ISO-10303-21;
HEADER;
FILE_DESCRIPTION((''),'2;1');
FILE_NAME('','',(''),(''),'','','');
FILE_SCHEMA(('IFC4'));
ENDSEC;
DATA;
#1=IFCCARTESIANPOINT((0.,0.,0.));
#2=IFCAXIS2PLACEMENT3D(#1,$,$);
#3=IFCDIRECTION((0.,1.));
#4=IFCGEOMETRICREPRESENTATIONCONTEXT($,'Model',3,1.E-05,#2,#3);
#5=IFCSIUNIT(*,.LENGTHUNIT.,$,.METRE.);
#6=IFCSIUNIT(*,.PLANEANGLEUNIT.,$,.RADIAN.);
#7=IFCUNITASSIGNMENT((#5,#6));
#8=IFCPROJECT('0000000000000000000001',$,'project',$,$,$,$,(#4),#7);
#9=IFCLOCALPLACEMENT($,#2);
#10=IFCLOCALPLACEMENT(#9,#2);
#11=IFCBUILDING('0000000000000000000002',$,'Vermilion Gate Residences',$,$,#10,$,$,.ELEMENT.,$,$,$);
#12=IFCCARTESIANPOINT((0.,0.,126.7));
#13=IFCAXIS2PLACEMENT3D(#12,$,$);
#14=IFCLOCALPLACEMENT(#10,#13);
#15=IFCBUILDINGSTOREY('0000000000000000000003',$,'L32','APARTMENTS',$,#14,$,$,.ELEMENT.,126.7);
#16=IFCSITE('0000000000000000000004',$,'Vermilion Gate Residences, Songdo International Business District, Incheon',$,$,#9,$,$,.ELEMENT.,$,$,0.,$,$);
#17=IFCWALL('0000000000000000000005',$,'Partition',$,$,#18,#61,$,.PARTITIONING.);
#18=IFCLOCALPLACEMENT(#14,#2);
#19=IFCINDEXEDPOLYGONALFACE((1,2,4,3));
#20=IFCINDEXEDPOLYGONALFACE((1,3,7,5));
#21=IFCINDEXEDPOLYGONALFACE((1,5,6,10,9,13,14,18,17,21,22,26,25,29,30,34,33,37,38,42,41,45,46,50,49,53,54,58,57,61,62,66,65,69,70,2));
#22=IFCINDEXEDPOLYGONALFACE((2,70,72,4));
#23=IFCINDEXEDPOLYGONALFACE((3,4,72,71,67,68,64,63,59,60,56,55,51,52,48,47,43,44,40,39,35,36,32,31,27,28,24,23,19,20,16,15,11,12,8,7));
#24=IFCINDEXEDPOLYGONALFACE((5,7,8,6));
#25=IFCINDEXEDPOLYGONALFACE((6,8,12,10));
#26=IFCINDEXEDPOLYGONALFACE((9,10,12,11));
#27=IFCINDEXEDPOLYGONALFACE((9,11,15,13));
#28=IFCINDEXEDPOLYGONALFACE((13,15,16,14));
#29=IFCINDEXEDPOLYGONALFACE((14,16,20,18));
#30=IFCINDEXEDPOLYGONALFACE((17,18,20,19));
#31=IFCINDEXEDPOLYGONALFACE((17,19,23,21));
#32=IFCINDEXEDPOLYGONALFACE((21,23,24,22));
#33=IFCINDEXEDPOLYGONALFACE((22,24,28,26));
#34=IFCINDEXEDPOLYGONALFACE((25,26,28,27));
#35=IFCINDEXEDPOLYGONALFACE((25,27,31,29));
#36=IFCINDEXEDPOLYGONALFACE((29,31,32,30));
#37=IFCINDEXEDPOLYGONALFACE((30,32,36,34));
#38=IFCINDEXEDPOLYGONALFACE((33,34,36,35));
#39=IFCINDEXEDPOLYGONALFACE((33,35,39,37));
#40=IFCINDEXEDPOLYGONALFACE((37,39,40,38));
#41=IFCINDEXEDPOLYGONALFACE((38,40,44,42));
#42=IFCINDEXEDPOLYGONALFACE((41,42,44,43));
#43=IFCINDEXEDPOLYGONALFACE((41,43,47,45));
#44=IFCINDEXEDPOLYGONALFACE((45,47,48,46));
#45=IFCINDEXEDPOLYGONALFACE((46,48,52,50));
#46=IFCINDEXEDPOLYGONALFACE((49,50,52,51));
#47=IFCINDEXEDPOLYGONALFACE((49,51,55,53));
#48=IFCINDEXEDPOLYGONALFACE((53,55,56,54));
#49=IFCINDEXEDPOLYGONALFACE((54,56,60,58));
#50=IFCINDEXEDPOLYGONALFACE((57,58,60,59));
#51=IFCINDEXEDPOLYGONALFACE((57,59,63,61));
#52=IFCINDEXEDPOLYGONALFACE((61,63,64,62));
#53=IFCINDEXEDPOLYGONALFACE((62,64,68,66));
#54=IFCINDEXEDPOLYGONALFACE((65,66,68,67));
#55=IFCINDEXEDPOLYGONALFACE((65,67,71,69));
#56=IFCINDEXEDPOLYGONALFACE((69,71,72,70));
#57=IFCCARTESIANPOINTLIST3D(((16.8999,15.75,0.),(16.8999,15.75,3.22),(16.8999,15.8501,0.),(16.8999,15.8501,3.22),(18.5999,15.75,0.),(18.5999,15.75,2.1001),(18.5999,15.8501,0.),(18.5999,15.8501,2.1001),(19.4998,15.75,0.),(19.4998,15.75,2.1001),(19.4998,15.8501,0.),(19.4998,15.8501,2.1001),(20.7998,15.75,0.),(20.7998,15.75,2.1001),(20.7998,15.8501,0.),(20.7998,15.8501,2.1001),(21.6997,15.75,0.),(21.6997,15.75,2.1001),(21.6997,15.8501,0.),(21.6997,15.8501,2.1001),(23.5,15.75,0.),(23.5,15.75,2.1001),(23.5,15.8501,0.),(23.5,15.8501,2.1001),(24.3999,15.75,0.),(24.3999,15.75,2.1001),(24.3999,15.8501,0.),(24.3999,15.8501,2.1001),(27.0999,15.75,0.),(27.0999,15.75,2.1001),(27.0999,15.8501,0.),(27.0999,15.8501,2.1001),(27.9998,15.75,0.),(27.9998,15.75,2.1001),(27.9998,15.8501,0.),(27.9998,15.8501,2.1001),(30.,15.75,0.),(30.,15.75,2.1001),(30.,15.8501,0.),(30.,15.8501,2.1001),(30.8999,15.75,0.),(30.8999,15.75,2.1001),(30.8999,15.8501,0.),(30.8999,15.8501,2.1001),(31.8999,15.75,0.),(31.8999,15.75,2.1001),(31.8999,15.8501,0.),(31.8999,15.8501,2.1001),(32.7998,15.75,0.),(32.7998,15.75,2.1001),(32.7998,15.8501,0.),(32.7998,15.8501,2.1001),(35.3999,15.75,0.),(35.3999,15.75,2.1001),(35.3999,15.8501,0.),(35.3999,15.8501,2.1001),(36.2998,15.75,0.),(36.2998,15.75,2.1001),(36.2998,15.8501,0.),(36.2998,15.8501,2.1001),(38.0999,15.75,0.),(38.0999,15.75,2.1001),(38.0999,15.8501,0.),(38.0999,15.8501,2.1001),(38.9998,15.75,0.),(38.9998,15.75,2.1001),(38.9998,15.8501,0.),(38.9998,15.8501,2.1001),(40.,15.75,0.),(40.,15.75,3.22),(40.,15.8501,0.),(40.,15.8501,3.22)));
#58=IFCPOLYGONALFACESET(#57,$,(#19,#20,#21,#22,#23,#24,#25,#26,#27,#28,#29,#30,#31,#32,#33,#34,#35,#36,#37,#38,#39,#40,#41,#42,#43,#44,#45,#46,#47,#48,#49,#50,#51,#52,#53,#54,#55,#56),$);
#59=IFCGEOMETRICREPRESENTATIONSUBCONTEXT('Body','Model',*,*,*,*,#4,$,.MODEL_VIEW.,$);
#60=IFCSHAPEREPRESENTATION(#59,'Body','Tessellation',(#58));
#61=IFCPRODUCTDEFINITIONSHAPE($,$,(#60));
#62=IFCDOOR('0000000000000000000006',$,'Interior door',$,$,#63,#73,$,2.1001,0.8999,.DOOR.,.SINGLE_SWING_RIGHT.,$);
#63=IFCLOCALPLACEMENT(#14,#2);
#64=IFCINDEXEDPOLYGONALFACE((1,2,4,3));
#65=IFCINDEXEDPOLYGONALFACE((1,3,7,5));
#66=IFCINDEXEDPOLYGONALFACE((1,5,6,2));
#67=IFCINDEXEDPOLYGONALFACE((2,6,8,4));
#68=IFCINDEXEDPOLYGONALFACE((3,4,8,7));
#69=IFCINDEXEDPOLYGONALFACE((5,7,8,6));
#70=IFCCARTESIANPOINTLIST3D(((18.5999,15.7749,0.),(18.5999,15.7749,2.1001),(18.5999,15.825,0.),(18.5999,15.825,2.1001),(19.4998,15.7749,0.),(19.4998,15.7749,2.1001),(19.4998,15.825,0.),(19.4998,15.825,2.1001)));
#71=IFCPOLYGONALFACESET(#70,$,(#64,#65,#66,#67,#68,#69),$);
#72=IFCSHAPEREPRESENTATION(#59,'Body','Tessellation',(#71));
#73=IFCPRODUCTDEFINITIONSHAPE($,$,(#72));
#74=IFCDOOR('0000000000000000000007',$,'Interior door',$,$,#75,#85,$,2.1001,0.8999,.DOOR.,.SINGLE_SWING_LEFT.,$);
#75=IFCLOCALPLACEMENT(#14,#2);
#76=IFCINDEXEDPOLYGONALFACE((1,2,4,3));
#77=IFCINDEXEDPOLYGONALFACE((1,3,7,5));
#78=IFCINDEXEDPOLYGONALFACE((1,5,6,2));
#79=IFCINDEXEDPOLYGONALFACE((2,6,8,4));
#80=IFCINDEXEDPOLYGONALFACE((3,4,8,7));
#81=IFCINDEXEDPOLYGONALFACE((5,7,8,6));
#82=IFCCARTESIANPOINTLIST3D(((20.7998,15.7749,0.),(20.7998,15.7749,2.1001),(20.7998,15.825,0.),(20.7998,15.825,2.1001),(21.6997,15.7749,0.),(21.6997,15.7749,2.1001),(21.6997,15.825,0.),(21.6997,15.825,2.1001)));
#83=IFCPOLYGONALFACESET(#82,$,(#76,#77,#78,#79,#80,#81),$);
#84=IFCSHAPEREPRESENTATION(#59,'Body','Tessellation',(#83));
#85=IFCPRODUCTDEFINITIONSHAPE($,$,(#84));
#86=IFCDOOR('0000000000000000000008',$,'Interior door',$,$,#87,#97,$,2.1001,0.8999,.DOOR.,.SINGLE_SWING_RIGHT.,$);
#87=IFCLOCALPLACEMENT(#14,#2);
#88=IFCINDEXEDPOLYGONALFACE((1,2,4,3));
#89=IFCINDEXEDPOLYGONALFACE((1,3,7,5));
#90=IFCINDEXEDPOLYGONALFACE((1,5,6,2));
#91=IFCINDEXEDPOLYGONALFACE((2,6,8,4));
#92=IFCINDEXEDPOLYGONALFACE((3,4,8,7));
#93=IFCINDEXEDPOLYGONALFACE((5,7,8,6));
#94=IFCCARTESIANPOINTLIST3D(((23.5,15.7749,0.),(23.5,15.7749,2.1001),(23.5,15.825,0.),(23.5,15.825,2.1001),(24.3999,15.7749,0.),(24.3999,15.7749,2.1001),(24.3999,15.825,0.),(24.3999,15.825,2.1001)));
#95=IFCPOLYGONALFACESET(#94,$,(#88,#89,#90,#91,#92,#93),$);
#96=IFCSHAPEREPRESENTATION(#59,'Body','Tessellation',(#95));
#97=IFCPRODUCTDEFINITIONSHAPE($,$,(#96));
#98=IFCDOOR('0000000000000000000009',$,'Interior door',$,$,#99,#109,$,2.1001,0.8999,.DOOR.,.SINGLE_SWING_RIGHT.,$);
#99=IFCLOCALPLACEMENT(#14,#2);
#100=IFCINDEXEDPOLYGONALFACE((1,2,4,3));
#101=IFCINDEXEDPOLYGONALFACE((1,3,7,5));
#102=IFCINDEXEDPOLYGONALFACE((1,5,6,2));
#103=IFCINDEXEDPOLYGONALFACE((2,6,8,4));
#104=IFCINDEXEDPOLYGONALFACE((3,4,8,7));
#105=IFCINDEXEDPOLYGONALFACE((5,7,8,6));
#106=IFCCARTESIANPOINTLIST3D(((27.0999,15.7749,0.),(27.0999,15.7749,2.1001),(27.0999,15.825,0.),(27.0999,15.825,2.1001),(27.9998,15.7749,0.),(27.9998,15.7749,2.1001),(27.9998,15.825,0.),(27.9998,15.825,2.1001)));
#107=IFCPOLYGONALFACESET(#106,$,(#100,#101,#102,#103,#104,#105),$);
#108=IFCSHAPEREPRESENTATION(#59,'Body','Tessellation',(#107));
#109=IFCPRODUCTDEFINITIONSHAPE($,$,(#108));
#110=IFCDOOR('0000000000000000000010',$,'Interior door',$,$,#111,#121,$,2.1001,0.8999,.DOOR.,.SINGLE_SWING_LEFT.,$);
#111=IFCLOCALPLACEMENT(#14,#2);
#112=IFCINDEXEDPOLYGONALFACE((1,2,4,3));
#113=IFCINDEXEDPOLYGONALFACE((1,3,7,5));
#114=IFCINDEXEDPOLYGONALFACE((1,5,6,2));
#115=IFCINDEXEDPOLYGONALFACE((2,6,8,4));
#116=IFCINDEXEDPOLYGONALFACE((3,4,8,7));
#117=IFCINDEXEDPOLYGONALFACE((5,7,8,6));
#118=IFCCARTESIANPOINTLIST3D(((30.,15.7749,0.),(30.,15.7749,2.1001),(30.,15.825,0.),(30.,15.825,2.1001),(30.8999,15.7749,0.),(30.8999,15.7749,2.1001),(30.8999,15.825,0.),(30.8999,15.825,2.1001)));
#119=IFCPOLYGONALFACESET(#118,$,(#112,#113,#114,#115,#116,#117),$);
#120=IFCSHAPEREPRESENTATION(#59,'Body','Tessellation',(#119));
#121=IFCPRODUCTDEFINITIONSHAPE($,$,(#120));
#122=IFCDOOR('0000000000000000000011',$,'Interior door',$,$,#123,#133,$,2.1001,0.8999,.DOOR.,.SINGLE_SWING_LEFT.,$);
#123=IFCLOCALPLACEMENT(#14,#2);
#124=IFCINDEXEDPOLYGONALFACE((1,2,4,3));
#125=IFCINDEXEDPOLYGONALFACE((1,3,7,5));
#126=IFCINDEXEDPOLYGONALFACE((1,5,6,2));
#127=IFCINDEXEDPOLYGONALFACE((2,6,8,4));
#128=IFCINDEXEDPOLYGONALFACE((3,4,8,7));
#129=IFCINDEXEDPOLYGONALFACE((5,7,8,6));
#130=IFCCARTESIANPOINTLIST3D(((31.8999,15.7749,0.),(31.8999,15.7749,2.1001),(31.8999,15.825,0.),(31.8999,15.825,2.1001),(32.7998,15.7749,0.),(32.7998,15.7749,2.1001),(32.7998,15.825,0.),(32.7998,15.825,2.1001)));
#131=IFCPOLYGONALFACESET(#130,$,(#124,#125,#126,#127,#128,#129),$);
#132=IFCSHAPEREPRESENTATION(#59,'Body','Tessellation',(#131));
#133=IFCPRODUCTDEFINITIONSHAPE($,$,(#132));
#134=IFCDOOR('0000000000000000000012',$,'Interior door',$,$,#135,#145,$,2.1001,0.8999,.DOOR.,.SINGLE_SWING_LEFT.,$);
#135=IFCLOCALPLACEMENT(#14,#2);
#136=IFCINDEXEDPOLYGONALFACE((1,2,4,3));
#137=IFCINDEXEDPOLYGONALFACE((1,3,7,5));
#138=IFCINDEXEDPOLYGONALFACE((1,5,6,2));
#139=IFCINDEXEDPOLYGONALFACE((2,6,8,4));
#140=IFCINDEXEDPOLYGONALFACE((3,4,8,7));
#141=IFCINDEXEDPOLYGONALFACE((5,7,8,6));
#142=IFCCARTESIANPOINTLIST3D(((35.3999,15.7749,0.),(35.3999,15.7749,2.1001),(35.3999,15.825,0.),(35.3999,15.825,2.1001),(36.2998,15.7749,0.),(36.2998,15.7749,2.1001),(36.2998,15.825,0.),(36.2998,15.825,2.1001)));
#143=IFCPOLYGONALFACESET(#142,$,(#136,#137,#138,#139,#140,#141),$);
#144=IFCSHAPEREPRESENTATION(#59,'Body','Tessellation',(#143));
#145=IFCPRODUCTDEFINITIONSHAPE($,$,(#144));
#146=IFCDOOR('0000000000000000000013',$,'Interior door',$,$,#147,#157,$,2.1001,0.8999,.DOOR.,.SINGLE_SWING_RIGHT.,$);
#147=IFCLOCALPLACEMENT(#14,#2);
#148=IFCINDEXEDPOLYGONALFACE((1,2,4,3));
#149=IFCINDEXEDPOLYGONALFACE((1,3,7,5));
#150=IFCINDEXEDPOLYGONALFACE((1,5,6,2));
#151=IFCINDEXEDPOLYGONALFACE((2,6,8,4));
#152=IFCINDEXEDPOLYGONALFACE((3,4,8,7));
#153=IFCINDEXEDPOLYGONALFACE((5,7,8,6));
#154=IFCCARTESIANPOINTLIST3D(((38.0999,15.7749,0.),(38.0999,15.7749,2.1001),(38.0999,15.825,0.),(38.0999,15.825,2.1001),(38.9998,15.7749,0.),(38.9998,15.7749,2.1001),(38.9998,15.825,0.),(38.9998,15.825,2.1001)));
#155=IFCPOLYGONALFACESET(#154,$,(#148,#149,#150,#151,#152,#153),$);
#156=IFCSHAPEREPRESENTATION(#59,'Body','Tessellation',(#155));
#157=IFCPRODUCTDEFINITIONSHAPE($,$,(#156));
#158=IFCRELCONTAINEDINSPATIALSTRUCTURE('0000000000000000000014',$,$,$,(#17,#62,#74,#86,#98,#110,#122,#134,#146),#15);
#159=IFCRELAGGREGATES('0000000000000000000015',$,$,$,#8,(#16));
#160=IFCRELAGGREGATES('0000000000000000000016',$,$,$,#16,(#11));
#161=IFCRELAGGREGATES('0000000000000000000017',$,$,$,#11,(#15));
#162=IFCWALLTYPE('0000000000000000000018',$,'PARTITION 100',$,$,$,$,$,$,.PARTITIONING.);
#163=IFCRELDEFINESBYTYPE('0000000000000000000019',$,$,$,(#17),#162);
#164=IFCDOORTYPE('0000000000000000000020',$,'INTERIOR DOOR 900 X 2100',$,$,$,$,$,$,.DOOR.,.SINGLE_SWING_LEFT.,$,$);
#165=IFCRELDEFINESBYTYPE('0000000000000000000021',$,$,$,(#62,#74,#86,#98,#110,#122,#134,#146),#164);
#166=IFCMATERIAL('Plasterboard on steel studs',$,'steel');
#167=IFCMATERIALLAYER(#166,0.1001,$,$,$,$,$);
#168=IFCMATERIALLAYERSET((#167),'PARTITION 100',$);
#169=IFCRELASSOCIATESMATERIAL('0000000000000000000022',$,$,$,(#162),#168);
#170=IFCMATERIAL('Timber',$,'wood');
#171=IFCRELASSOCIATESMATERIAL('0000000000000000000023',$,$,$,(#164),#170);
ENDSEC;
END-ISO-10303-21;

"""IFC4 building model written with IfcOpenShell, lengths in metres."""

from ifc_helpers import new_model, si_unit, direction, frame, frame_2d, origin, place, context, subcontext, project, spatial, rectangle, extrude, material, layer, layer_set, type_object, element, fill, save


model = new_model("IFC4")

# Units and contexts
model_context = context("Model", 3, precision=1e-05, world=origin(), true_north=direction((0.0, 1.0)))
body_context = subcontext(model_context, "Body", "Model", "MODEL_VIEW")
ifc_project = project(units=[si_unit("LENGTHUNIT", "METRE"), si_unit("PLANEANGLEUNIT", "RADIAN")], contexts=[model_context])

# Site, building, storey
site_placement = place(None, origin())
site = spatial("IfcSite", under=ifc_project, at=site_placement, Name="Vermilion Gate Residences, Songdo International Business District, Incheon", CompositionType="ELEMENT", RefElevation=0.0)
building_placement = place(site_placement, origin())
building = spatial("IfcBuilding", under=site, at=building_placement, Name="Vermilion Gate Residences", CompositionType="ELEMENT")
storey_placement = place(building_placement, frame((0.0, 0.0, 126.7)))
storey = spatial("IfcBuildingStorey", under=building, at=storey_placement, Name="L32", Description="APARTMENTS", CompositionType="ELEMENT", Elevation=126.7)

# Wall, openings, doors
ifc_material_1 = material(Name="Plasterboard on steel studs", Category="steel")
ifc_layer_1 = layer(ifc_material_1, 0.1001)
ifc_layer_set_1 = layer_set([ifc_layer_1], Name="PARTITION 100")
wall_type_1 = type_object("IfcWallType", Name="PARTITION 100", PredefinedType="PARTITIONING", material=ifc_layer_set_1)
wall_1_placement = place(storey_placement, frame((16.8999, 15.8, 0.0), z_axis=(0.0, 0.0, 1.0), x_axis=(1.0, 0.0, 0.0)))
wall_1 = element("IfcWall", 1, at=wall_1_placement, inside=storey, type_object=wall_type_1, Name="Partition", PredefinedType="PARTITIONING", context=body_context, shape_type="SweptSolid", body=[
    extrude(rectangle(XDim=23.1001, YDim=0.1001, at=frame_2d((11.55, 0.0))), origin(), (0.0, 0.0, 1.0), 3.22),
])
opening_1_placement = place(wall_1_placement, frame((1.7, 0.0, 0.0)))
opening_1 = element("IfcOpeningElement", 2, at=opening_1_placement, cuts=wall_1, PredefinedType="OPENING", context=body_context, shape_type="SweptSolid", body=[
    extrude(rectangle(XDim=0.8999, YDim=2.1001, at=frame_2d((0.45, 1.05))), frame((0.0, 0.0601, 0.0), z_axis=(0.0, -1.0, 0.0), x_axis=(1.0, 0.0, 0.0)), (0.0, 0.0, 1.0), 0.1201),
])
opening_2_placement = place(wall_1_placement, frame((3.8999, 0.0, 0.0)))
opening_2 = element("IfcOpeningElement", 3, at=opening_2_placement, cuts=wall_1, PredefinedType="OPENING", context=body_context, shape_type="SweptSolid", body=[
    extrude(rectangle(XDim=0.8999, YDim=2.1001, at=frame_2d((0.45, 1.05))), frame((0.0, 0.0601, 0.0), z_axis=(0.0, -1.0, 0.0), x_axis=(1.0, 0.0, 0.0)), (0.0, 0.0, 1.0), 0.1201),
])
opening_3_placement = place(wall_1_placement, frame((6.6001, 0.0, 0.0)))
opening_3 = element("IfcOpeningElement", 4, at=opening_3_placement, cuts=wall_1, PredefinedType="OPENING", context=body_context, shape_type="SweptSolid", body=[
    extrude(rectangle(XDim=0.8999, YDim=2.1001, at=frame_2d((0.45, 1.05))), frame((0.0, 0.0601, 0.0), z_axis=(0.0, -1.0, 0.0), x_axis=(1.0, 0.0, 0.0)), (0.0, 0.0, 1.0), 0.1201),
])
opening_4_placement = place(wall_1_placement, frame((10.2, 0.0, 0.0)))
opening_4 = element("IfcOpeningElement", 5, at=opening_4_placement, cuts=wall_1, PredefinedType="OPENING", context=body_context, shape_type="SweptSolid", body=[
    extrude(rectangle(XDim=0.8999, YDim=2.1001, at=frame_2d((0.45, 1.05))), frame((0.0, 0.0601, 0.0), z_axis=(0.0, -1.0, 0.0), x_axis=(1.0, 0.0, 0.0)), (0.0, 0.0, 1.0), 0.1201),
])
opening_5_placement = place(wall_1_placement, frame((13.1001, 0.0, 0.0)))
opening_5 = element("IfcOpeningElement", 6, at=opening_5_placement, cuts=wall_1, PredefinedType="OPENING", context=body_context, shape_type="SweptSolid", body=[
    extrude(rectangle(XDim=0.8999, YDim=2.1001, at=frame_2d((0.45, 1.05))), frame((0.0, 0.0601, 0.0), z_axis=(0.0, -1.0, 0.0), x_axis=(1.0, 0.0, 0.0)), (0.0, 0.0, 1.0), 0.1201),
])
opening_6_placement = place(wall_1_placement, frame((15.0, 0.0, 0.0)))
opening_6 = element("IfcOpeningElement", 7, at=opening_6_placement, cuts=wall_1, PredefinedType="OPENING", context=body_context, shape_type="SweptSolid", body=[
    extrude(rectangle(XDim=0.8999, YDim=2.1001, at=frame_2d((0.45, 1.05))), frame((0.0, 0.0601, 0.0), z_axis=(0.0, -1.0, 0.0), x_axis=(1.0, 0.0, 0.0)), (0.0, 0.0, 1.0), 0.1201),
])
opening_7_placement = place(wall_1_placement, frame((18.5, 0.0, 0.0)))
opening_7 = element("IfcOpeningElement", 8, at=opening_7_placement, cuts=wall_1, PredefinedType="OPENING", context=body_context, shape_type="SweptSolid", body=[
    extrude(rectangle(XDim=0.8999, YDim=2.1001, at=frame_2d((0.45, 1.05))), frame((0.0, 0.0601, 0.0), z_axis=(0.0, -1.0, 0.0), x_axis=(1.0, 0.0, 0.0)), (0.0, 0.0, 1.0), 0.1201),
])
opening_8_placement = place(wall_1_placement, frame((21.2, 0.0, 0.0)))
opening_8 = element("IfcOpeningElement", 9, at=opening_8_placement, cuts=wall_1, PredefinedType="OPENING", context=body_context, shape_type="SweptSolid", body=[
    extrude(rectangle(XDim=0.8999, YDim=2.1001, at=frame_2d((0.45, 1.05))), frame((0.0, 0.0601, 0.0), z_axis=(0.0, -1.0, 0.0), x_axis=(1.0, 0.0, 0.0)), (0.0, 0.0, 1.0), 0.1201),
])
ifc_material_2 = material(Name="Timber", Category="wood")
door_type = type_object("IfcDoorType", Name="INTERIOR DOOR 900 X 2100", OperationType="SINGLE_SWING_LEFT", PredefinedType="DOOR", material=ifc_material_2)
door_1_placement = place(opening_1_placement, origin())
door_1 = element("IfcDoor", 10, at=door_1_placement, inside=storey, type_object=door_type, Name="Interior door", OperationType="SINGLE_SWING_RIGHT", OverallHeight=2.1001, OverallWidth=0.8999, PredefinedType="DOOR", context=body_context, shape_type="SweptSolid", body=[
    extrude(rectangle(XDim=0.8999, YDim=2.1001, at=frame_2d((0.45, 1.05))), frame((0.0, 0.0249, 0.0), z_axis=(0.0, -1.0, 0.0), x_axis=(1.0, 0.0, 0.0)), (0.0, 0.0, 1.0), 0.05),
])
fill(opening_1, door_1)
door_2_placement = place(opening_2_placement, origin())
door_2 = element("IfcDoor", 11, at=door_2_placement, inside=storey, type_object=door_type, Name="Interior door", OperationType="SINGLE_SWING_LEFT", OverallHeight=2.1001, OverallWidth=0.8999, PredefinedType="DOOR", context=body_context, shape_type="SweptSolid", body=[
    extrude(rectangle(XDim=0.8999, YDim=2.1001, at=frame_2d((0.45, 1.05))), frame((0.0, 0.0249, 0.0), z_axis=(0.0, -1.0, 0.0), x_axis=(1.0, 0.0, 0.0)), (0.0, 0.0, 1.0), 0.05),
])
fill(opening_2, door_2)
door_3_placement = place(opening_3_placement, origin())
door_3 = element("IfcDoor", 12, at=door_3_placement, inside=storey, type_object=door_type, Name="Interior door", OperationType="SINGLE_SWING_RIGHT", OverallHeight=2.1001, OverallWidth=0.8999, PredefinedType="DOOR", context=body_context, shape_type="SweptSolid", body=[
    extrude(rectangle(XDim=0.8999, YDim=2.1001, at=frame_2d((0.45, 1.05))), frame((0.0, 0.0249, 0.0), z_axis=(0.0, -1.0, 0.0), x_axis=(1.0, 0.0, 0.0)), (0.0, 0.0, 1.0), 0.05),
])
fill(opening_3, door_3)
door_4_placement = place(opening_4_placement, origin())
door_4 = element("IfcDoor", 13, at=door_4_placement, inside=storey, type_object=door_type, Name="Interior door", OperationType="SINGLE_SWING_RIGHT", OverallHeight=2.1001, OverallWidth=0.8999, PredefinedType="DOOR", context=body_context, shape_type="SweptSolid", body=[
    extrude(rectangle(XDim=0.8999, YDim=2.1001, at=frame_2d((0.45, 1.05))), frame((0.0, 0.0249, 0.0), z_axis=(0.0, -1.0, 0.0), x_axis=(1.0, 0.0, 0.0)), (0.0, 0.0, 1.0), 0.05),
])
fill(opening_4, door_4)
door_5_placement = place(opening_5_placement, origin())
door_5 = element("IfcDoor", 14, at=door_5_placement, inside=storey, type_object=door_type, Name="Interior door", OperationType="SINGLE_SWING_LEFT", OverallHeight=2.1001, OverallWidth=0.8999, PredefinedType="DOOR", context=body_context, shape_type="SweptSolid", body=[
    extrude(rectangle(XDim=0.8999, YDim=2.1001, at=frame_2d((0.45, 1.05))), frame((0.0, 0.0249, 0.0), z_axis=(0.0, -1.0, 0.0), x_axis=(1.0, 0.0, 0.0)), (0.0, 0.0, 1.0), 0.05),
])
fill(opening_5, door_5)
door_6_placement = place(opening_6_placement, origin())
door_6 = element("IfcDoor", 15, at=door_6_placement, inside=storey, type_object=door_type, Name="Interior door", OperationType="SINGLE_SWING_LEFT", OverallHeight=2.1001, OverallWidth=0.8999, PredefinedType="DOOR", context=body_context, shape_type="SweptSolid", body=[
    extrude(rectangle(XDim=0.8999, YDim=2.1001, at=frame_2d((0.45, 1.05))), frame((0.0, 0.0249, 0.0), z_axis=(0.0, -1.0, 0.0), x_axis=(1.0, 0.0, 0.0)), (0.0, 0.0, 1.0), 0.05),
])
fill(opening_6, door_6)
door_7_placement = place(opening_7_placement, origin())
door_7 = element("IfcDoor", 16, at=door_7_placement, inside=storey, type_object=door_type, Name="Interior door", OperationType="SINGLE_SWING_LEFT", OverallHeight=2.1001, OverallWidth=0.8999, PredefinedType="DOOR", context=body_context, shape_type="SweptSolid", body=[
    extrude(rectangle(XDim=0.8999, YDim=2.1001, at=frame_2d((0.45, 1.05))), frame((0.0, 0.0249, 0.0), z_axis=(0.0, -1.0, 0.0), x_axis=(1.0, 0.0, 0.0)), (0.0, 0.0, 1.0), 0.05),
])
fill(opening_7, door_7)
door_8_placement = place(opening_8_placement, origin())
door_8 = element("IfcDoor", 17, at=door_8_placement, inside=storey, type_object=door_type, Name="Interior door", OperationType="SINGLE_SWING_RIGHT", OverallHeight=2.1001, OverallWidth=0.8999, PredefinedType="DOOR", context=body_context, shape_type="SweptSolid", body=[
    extrude(rectangle(XDim=0.8999, YDim=2.1001, at=frame_2d((0.45, 1.05))), frame((0.0, 0.0249, 0.0), z_axis=(0.0, -1.0, 0.0), x_axis=(1.0, 0.0, 0.0)), (0.0, 0.0, 1.0), 0.05),
])
fill(opening_8, door_8)

save(model, "model.ifc")
